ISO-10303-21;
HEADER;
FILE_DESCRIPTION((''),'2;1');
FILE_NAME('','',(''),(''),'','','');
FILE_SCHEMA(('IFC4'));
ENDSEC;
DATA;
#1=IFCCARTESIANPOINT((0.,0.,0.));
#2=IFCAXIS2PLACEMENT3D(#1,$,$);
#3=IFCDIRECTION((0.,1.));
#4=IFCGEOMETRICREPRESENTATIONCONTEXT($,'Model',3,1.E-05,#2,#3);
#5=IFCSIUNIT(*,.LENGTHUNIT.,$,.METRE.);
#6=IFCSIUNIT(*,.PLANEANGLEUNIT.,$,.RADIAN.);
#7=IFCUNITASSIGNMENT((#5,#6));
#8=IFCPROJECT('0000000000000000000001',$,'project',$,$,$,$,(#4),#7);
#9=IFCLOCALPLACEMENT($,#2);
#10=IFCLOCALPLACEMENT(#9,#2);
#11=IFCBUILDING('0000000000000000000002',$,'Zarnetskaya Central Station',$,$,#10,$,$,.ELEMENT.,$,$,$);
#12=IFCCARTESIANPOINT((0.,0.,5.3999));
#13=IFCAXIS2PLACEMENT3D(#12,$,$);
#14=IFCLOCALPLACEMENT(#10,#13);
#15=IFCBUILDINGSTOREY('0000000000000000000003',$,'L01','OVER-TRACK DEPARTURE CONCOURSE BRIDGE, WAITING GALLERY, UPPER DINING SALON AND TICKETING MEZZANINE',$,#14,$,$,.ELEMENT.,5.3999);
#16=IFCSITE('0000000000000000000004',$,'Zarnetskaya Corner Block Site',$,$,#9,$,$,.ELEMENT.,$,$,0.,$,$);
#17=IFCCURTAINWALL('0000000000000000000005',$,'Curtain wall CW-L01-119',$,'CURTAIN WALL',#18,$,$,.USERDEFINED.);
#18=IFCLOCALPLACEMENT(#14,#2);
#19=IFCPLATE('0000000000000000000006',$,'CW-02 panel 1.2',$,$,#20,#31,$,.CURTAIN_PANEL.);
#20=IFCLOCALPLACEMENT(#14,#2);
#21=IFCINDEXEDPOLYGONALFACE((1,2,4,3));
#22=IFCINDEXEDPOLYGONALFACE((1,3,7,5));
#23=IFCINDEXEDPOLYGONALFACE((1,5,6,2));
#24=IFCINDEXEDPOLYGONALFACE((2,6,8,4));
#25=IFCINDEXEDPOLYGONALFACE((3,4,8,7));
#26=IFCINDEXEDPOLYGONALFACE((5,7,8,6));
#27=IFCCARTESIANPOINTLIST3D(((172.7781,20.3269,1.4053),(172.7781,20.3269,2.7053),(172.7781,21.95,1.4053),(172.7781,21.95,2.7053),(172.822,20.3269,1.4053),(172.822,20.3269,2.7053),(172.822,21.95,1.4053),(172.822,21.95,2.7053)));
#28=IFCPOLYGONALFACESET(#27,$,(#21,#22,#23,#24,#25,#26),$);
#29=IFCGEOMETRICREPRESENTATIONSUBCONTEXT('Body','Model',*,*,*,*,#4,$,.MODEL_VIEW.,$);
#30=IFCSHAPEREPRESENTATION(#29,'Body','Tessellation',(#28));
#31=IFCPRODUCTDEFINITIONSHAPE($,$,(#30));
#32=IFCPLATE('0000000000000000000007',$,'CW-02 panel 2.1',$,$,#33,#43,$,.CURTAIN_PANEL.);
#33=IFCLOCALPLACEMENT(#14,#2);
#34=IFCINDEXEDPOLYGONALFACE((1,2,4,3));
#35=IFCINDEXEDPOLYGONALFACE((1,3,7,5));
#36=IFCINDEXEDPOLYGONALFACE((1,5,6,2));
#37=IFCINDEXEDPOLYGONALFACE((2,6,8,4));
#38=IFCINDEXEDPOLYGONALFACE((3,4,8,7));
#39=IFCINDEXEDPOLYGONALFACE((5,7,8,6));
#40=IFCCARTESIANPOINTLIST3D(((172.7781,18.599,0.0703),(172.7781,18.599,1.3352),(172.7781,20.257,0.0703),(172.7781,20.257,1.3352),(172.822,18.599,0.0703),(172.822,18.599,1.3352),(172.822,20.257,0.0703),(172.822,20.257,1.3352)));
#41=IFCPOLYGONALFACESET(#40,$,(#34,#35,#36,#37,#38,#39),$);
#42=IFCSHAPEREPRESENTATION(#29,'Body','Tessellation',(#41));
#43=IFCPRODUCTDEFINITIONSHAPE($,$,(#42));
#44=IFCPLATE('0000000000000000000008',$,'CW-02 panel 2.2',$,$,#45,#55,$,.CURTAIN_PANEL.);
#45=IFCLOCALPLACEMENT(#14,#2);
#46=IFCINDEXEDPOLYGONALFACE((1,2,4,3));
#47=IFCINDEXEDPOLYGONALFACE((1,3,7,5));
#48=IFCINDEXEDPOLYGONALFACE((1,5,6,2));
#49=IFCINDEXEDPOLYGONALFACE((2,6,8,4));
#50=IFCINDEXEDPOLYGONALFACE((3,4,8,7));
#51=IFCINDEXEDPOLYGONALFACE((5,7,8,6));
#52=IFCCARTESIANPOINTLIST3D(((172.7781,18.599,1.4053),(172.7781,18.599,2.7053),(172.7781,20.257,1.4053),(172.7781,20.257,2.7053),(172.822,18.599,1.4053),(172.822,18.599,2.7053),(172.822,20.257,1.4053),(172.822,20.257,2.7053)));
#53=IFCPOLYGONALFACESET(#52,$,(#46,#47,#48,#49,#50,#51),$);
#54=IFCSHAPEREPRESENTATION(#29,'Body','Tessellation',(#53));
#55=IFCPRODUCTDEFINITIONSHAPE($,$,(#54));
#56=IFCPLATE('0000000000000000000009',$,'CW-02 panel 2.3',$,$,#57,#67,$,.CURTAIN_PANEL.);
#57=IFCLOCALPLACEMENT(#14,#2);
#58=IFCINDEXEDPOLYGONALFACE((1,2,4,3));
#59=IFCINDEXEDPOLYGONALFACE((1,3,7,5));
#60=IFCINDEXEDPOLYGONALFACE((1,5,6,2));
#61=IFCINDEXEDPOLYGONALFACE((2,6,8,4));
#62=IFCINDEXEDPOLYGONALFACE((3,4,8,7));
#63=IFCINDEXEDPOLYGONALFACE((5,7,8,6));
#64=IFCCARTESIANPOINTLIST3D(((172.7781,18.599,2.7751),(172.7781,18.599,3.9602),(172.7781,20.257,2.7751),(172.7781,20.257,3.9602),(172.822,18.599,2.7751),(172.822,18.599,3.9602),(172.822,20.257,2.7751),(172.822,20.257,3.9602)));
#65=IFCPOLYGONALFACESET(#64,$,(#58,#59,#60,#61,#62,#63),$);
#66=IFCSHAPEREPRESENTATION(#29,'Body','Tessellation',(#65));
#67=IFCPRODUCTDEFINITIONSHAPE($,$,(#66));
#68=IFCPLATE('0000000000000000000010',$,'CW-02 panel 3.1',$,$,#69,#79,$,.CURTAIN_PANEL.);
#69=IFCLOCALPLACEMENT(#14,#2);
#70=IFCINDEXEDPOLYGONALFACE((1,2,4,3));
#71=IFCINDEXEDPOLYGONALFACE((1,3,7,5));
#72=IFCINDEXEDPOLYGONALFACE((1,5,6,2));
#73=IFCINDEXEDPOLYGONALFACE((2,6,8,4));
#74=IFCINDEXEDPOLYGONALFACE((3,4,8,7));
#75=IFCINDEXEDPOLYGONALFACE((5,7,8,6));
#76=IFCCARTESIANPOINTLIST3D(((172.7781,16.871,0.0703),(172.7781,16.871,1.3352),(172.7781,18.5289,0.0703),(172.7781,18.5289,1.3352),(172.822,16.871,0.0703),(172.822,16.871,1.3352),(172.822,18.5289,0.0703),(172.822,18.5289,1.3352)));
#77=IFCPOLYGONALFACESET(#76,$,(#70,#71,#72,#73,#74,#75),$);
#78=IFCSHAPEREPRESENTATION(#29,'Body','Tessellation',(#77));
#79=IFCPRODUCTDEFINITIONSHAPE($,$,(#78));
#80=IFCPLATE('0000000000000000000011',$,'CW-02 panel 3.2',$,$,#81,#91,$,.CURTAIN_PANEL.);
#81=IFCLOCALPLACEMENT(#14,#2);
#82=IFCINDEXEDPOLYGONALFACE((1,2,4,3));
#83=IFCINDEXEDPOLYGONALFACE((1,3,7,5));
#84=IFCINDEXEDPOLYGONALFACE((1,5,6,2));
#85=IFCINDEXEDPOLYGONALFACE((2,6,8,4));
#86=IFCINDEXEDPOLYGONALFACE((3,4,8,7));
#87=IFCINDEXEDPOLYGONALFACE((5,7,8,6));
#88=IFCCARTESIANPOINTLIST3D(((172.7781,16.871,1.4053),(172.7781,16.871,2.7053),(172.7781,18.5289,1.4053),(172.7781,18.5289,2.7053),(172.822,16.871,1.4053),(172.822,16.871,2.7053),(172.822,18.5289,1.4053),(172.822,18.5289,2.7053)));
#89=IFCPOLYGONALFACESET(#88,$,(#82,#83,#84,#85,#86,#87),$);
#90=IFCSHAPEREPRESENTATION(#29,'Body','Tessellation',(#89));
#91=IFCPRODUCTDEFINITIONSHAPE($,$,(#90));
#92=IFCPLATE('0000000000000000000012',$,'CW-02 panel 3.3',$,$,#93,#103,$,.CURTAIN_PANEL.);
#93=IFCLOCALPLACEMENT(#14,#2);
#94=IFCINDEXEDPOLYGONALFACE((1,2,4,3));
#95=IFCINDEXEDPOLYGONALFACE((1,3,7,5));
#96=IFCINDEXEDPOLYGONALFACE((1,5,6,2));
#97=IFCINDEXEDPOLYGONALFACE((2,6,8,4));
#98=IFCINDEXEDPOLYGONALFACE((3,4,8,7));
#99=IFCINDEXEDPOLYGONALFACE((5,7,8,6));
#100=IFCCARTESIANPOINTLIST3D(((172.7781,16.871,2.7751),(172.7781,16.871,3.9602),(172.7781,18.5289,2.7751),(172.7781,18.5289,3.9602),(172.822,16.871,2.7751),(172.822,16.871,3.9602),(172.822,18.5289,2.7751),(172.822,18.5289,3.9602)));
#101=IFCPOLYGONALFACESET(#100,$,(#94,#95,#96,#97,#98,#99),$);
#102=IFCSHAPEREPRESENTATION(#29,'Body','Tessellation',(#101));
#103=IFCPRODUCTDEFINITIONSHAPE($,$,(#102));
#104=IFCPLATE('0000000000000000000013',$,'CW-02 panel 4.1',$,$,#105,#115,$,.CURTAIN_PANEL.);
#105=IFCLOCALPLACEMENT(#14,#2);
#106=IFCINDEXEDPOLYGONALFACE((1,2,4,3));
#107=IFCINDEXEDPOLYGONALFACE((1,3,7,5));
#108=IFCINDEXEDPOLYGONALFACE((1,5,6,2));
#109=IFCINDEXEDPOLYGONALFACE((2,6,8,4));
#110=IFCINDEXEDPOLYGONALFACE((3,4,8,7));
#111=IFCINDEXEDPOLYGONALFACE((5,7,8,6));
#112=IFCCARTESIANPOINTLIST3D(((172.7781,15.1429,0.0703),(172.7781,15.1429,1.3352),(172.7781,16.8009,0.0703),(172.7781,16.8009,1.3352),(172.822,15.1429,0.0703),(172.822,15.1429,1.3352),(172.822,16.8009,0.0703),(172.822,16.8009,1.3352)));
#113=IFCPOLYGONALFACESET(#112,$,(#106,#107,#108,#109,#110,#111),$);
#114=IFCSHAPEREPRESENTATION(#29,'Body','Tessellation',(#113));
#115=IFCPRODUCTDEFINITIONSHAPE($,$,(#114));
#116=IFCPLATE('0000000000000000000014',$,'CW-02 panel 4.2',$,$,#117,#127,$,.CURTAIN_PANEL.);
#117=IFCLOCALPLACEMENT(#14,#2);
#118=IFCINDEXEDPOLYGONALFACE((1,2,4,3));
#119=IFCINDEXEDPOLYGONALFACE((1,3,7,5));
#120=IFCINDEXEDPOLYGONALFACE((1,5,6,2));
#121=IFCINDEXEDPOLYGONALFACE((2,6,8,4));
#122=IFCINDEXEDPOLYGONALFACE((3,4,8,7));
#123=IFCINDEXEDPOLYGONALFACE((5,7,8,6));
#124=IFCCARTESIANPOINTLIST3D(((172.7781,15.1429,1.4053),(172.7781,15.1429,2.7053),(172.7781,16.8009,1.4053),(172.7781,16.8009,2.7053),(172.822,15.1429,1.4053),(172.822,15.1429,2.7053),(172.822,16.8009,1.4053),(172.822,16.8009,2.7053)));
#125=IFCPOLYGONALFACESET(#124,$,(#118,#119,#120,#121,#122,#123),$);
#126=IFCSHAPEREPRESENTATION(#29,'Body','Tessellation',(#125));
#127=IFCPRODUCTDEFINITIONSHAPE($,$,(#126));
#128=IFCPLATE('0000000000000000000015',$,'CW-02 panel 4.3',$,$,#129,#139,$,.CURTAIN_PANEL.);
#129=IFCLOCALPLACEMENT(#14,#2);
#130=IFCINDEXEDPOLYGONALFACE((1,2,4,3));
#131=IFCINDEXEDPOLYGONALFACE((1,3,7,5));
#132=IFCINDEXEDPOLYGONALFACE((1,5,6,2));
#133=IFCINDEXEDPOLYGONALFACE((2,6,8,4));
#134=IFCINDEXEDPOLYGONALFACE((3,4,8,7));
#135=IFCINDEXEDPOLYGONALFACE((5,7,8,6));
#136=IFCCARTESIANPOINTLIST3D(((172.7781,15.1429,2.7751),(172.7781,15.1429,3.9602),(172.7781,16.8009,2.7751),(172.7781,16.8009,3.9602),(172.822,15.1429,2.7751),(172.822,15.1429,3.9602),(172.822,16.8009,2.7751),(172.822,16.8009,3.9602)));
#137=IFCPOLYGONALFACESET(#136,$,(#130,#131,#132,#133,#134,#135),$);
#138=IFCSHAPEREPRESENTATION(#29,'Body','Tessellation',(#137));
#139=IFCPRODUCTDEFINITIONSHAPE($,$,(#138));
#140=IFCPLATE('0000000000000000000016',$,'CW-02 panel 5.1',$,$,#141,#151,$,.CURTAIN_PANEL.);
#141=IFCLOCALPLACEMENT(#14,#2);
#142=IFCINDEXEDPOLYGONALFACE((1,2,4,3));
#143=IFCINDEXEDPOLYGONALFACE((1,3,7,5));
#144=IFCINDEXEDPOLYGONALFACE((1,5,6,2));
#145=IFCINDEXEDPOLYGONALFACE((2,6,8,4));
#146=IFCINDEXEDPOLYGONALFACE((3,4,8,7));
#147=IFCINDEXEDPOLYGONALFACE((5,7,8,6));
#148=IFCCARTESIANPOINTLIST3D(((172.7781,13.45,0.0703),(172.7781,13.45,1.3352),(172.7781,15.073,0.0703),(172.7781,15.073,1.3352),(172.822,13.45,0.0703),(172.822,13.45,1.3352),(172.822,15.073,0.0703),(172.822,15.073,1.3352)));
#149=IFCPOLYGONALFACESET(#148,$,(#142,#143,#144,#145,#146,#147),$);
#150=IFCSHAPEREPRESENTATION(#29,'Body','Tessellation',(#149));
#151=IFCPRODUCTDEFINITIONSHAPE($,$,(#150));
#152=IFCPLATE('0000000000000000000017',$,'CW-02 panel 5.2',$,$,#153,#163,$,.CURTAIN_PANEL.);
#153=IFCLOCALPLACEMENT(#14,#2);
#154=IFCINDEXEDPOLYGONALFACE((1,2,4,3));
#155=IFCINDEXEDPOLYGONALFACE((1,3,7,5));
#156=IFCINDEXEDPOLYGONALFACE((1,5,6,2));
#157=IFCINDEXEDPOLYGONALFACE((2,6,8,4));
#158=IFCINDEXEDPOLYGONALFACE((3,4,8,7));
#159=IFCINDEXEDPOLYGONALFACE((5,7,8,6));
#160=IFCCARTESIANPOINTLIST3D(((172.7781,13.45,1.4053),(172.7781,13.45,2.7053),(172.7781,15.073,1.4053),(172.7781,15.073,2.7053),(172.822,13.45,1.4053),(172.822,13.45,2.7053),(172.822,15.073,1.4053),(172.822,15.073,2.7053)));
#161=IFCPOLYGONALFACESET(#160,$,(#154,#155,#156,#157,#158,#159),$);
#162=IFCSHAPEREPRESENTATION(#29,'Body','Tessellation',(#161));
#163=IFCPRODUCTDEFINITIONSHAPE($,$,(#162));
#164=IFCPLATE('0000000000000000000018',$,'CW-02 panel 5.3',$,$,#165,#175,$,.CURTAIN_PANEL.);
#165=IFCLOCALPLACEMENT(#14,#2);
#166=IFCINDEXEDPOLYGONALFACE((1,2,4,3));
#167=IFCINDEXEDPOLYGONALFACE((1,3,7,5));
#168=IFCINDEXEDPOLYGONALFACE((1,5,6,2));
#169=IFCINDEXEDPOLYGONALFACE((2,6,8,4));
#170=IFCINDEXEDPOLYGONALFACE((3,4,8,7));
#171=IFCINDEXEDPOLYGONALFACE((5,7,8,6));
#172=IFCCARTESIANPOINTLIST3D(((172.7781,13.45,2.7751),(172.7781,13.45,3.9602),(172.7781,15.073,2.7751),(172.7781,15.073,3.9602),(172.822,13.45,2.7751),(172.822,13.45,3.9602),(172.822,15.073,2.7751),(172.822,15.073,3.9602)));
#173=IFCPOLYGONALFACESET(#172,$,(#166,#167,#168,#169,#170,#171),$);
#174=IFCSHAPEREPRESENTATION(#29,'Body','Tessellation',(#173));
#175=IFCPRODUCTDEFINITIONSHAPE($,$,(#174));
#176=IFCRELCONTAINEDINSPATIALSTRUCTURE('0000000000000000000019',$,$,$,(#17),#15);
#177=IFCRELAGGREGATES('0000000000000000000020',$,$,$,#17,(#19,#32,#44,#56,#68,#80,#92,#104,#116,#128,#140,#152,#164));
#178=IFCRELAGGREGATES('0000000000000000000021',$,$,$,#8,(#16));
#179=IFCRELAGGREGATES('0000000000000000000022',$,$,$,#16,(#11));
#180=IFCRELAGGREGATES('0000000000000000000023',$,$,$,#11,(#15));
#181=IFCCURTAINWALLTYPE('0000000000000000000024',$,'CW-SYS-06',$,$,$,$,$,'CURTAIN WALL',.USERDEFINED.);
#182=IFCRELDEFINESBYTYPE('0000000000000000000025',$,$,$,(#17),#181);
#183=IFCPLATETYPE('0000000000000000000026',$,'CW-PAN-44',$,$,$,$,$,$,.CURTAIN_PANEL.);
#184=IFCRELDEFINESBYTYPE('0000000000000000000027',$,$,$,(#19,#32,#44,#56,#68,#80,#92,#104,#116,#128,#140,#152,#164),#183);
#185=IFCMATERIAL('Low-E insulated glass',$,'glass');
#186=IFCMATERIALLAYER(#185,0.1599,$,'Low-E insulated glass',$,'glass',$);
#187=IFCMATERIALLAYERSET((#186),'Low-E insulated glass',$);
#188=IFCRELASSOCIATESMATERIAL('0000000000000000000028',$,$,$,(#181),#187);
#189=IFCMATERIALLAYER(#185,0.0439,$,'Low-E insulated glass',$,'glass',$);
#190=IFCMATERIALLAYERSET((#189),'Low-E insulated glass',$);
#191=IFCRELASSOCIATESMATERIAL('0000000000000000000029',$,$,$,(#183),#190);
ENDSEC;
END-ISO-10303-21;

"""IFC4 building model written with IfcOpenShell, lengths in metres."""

from ifc_helpers import new_model, si_unit, direction, frame, origin, origin_2d, place, context, subcontext, project, spatial, rectangle, extrude, material, layer, layer_set, type_object, element, aggregate, save


model = new_model("IFC4")

# Units and contexts
model_context = context("Model", 3, precision=1e-05, world=origin(), true_north=direction((0.0, 1.0)))
body_context = subcontext(model_context, "Body", "Model", "MODEL_VIEW")
ifc_project = project(units=[si_unit("LENGTHUNIT", "METRE"), si_unit("PLANEANGLEUNIT", "RADIAN")], contexts=[model_context])

# Site, building, storey
site_placement = place(None, origin())
site = spatial("IfcSite", under=ifc_project, at=site_placement, Name="Zarnetskaya Corner Block Site", CompositionType="ELEMENT", RefElevation=0.0)
building_placement = place(site_placement, origin())
building = spatial("IfcBuilding", under=site, at=building_placement, Name="Zarnetskaya Central Station", CompositionType="ELEMENT")
storey_placement = place(building_placement, frame((0.0, 0.0, 5.3999)))
storey = spatial("IfcBuildingStorey", under=building, at=storey_placement, Name="L01", Description="OVER-TRACK DEPARTURE CONCOURSE BRIDGE, WAITING GALLERY, UPPER DINING SALON AND TICKETING MEZZANINE", CompositionType="ELEMENT", Elevation=5.3999)

# Curtain wall
ifc_material_1 = material(Name="Low-E insulated glass", Category="glass")
ifc_layer_1 = layer(ifc_material_1, 0.1599, Name="Low-E insulated glass", Category="glass")
ifc_layer_set_1 = layer_set([ifc_layer_1], Name="Low-E insulated glass")
curtain_wall_type = type_object("IfcCurtainWallType", Name="CW-SYS-06", ElementType="CURTAIN WALL", PredefinedType="USERDEFINED", material=ifc_layer_set_1)
curtain_wall_placement = place(storey_placement, origin())
curtain_wall = element("IfcCurtainWall", 1, at=curtain_wall_placement, inside=storey, type_object=curtain_wall_type, Name="Curtain wall CW-L01-119", ObjectType="CURTAIN WALL", PredefinedType="USERDEFINED")

# Plates
ifc_layer_2 = layer(ifc_material_1, 0.0439, Name="Low-E insulated glass", Category="glass")
ifc_layer_set_2 = layer_set([ifc_layer_2], Name="Low-E insulated glass")
plate_type = type_object("IfcPlateType", Name="CW-PAN-44", PredefinedType="CURTAIN_PANEL", material=ifc_layer_set_2)
plate_1_placement = place(storey_placement, frame((172.8, 21.1384, 1.4053), z_axis=(0.0, 0.0, 1.0), x_axis=(0.0, -1.0, 0.0)))
plate_1 = element("IfcPlate", 2, at=plate_1_placement, type_object=plate_type, Name="CW-02 panel 1.2", PredefinedType="CURTAIN_PANEL", context=body_context, shape_type="SweptSolid", body=[
    extrude(rectangle(XDim=1.623, YDim=0.0439, at=origin_2d()), origin(), (0.0, 0.0, 1.0), 1.3),
])
plate_2_placement = place(storey_placement, frame((172.8, 19.428, 0.0703), z_axis=(0.0, 0.0, 1.0), x_axis=(0.0, -1.0, 0.0)))
plate_2 = element("IfcPlate", 3, at=plate_2_placement, type_object=plate_type, Name="CW-02 panel 2.1", PredefinedType="CURTAIN_PANEL", context=body_context, shape_type="SweptSolid", body=[
    extrude(rectangle(XDim=1.658, YDim=0.0439, at=origin_2d()), origin(), (0.0, 0.0, 1.0), 1.2649),
])
plate_3_placement = place(storey_placement, frame((172.8, 19.428, 1.4053), z_axis=(0.0, 0.0, 1.0), x_axis=(0.0, -1.0, 0.0)))
plate_3 = element("IfcPlate", 4, at=plate_3_placement, type_object=plate_type, Name="CW-02 panel 2.2", PredefinedType="CURTAIN_PANEL", context=body_context, shape_type="SweptSolid", body=[
    extrude(rectangle(XDim=1.658, YDim=0.0439, at=origin_2d()), origin(), (0.0, 0.0, 1.0), 1.3),
])
plate_4_placement = place(storey_placement, frame((172.8, 19.428, 2.7751), z_axis=(0.0, 0.0, 1.0), x_axis=(0.0, -1.0, 0.0)))
plate_4 = element("IfcPlate", 5, at=plate_4_placement, type_object=plate_type, Name="CW-02 panel 2.3", PredefinedType="CURTAIN_PANEL", context=body_context, shape_type="SweptSolid", body=[
    extrude(rectangle(XDim=1.658, YDim=0.0439, at=origin_2d()), origin(), (0.0, 0.0, 1.0), 1.1851),
])
plate_5_placement = place(storey_placement, frame((172.8, 17.7, 0.0703), z_axis=(0.0, 0.0, 1.0), x_axis=(0.0, -1.0, 0.0)))
plate_5 = element("IfcPlate", 6, at=plate_5_placement, type_object=plate_type, Name="CW-02 panel 3.1", PredefinedType="CURTAIN_PANEL", context=body_context, shape_type="SweptSolid", body=[
    extrude(rectangle(XDim=1.658, YDim=0.0439, at=origin_2d()), origin(), (0.0, 0.0, 1.0), 1.2649),
])
plate_6_placement = place(storey_placement, frame((172.8, 17.7, 1.4053), z_axis=(0.0, 0.0, 1.0), x_axis=(0.0, -1.0, 0.0)))
plate_6 = element("IfcPlate", 7, at=plate_6_placement, type_object=plate_type, Name="CW-02 panel 3.2", PredefinedType="CURTAIN_PANEL", context=body_context, shape_type="SweptSolid", body=[
    extrude(rectangle(XDim=1.658, YDim=0.0439, at=origin_2d()), origin(), (0.0, 0.0, 1.0), 1.3),
])
plate_7_placement = place(storey_placement, frame((172.8, 17.7, 2.7751), z_axis=(0.0, 0.0, 1.0), x_axis=(0.0, -1.0, 0.0)))
plate_7 = element("IfcPlate", 8, at=plate_7_placement, type_object=plate_type, Name="CW-02 panel 3.3", PredefinedType="CURTAIN_PANEL", context=body_context, shape_type="SweptSolid", body=[
    extrude(rectangle(XDim=1.658, YDim=0.0439, at=origin_2d()), origin(), (0.0, 0.0, 1.0), 1.1851),
])
plate_8_placement = place(storey_placement, frame((172.8, 15.9719, 0.0703), z_axis=(0.0, 0.0, 1.0), x_axis=(0.0, -1.0, 0.0)))
plate_8 = element("IfcPlate", 9, at=plate_8_placement, type_object=plate_type, Name="CW-02 panel 4.1", PredefinedType="CURTAIN_PANEL", context=body_context, shape_type="SweptSolid", body=[
    extrude(rectangle(XDim=1.658, YDim=0.0439, at=origin_2d()), origin(), (0.0, 0.0, 1.0), 1.2649),
])
plate_9_placement = place(storey_placement, frame((172.8, 15.9719, 1.4053), z_axis=(0.0, 0.0, 1.0), x_axis=(0.0, -1.0, 0.0)))
plate_9 = element("IfcPlate", 10, at=plate_9_placement, type_object=plate_type, Name="CW-02 panel 4.2", PredefinedType="CURTAIN_PANEL", context=body_context, shape_type="SweptSolid", body=[
    extrude(rectangle(XDim=1.658, YDim=0.0439, at=origin_2d()), origin(), (0.0, 0.0, 1.0), 1.3),
])
plate_10_placement = place(storey_placement, frame((172.8, 15.9719, 2.7751), z_axis=(0.0, 0.0, 1.0), x_axis=(0.0, -1.0, 0.0)))
plate_10 = element("IfcPlate", 11, at=plate_10_placement, type_object=plate_type, Name="CW-02 panel 4.3", PredefinedType="CURTAIN_PANEL", context=body_context, shape_type="SweptSolid", body=[
    extrude(rectangle(XDim=1.658, YDim=0.0439, at=origin_2d()), origin(), (0.0, 0.0, 1.0), 1.1851),
])
plate_11_placement = place(storey_placement, frame((172.8, 14.2615, 0.0703), z_axis=(0.0, 0.0, 1.0), x_axis=(0.0, -1.0, 0.0)))
plate_11 = element("IfcPlate", 12, at=plate_11_placement, type_object=plate_type, Name="CW-02 panel 5.1", PredefinedType="CURTAIN_PANEL", context=body_context, shape_type="SweptSolid", body=[
    extrude(rectangle(XDim=1.623, YDim=0.0439, at=origin_2d()), origin(), (0.0, 0.0, 1.0), 1.2649),
])
plate_12_placement = place(storey_placement, frame((172.8, 14.2615, 1.4053), z_axis=(0.0, 0.0, 1.0), x_axis=(0.0, -1.0, 0.0)))
plate_12 = element("IfcPlate", 13, at=plate_12_placement, type_object=plate_type, Name="CW-02 panel 5.2", PredefinedType="CURTAIN_PANEL", context=body_context, shape_type="SweptSolid", body=[
    extrude(rectangle(XDim=1.623, YDim=0.0439, at=origin_2d()), origin(), (0.0, 0.0, 1.0), 1.3),
])
plate_13_placement = place(storey_placement, frame((172.8, 14.2615, 2.7751), z_axis=(0.0, 0.0, 1.0), x_axis=(0.0, -1.0, 0.0)))
plate_13 = element("IfcPlate", 14, at=plate_13_placement, type_object=plate_type, Name="CW-02 panel 5.3", PredefinedType="CURTAIN_PANEL", context=body_context, shape_type="SweptSolid", body=[
    extrude(rectangle(XDim=1.623, YDim=0.0439, at=origin_2d()), origin(), (0.0, 0.0, 1.0), 1.1851),
])
aggregate(curtain_wall, [plate_1, plate_2, plate_3, plate_4, plate_5, plate_6, plate_7, plate_8, plate_9, plate_10, plate_11, plate_12, plate_13])

save(model, "model.ifc")
